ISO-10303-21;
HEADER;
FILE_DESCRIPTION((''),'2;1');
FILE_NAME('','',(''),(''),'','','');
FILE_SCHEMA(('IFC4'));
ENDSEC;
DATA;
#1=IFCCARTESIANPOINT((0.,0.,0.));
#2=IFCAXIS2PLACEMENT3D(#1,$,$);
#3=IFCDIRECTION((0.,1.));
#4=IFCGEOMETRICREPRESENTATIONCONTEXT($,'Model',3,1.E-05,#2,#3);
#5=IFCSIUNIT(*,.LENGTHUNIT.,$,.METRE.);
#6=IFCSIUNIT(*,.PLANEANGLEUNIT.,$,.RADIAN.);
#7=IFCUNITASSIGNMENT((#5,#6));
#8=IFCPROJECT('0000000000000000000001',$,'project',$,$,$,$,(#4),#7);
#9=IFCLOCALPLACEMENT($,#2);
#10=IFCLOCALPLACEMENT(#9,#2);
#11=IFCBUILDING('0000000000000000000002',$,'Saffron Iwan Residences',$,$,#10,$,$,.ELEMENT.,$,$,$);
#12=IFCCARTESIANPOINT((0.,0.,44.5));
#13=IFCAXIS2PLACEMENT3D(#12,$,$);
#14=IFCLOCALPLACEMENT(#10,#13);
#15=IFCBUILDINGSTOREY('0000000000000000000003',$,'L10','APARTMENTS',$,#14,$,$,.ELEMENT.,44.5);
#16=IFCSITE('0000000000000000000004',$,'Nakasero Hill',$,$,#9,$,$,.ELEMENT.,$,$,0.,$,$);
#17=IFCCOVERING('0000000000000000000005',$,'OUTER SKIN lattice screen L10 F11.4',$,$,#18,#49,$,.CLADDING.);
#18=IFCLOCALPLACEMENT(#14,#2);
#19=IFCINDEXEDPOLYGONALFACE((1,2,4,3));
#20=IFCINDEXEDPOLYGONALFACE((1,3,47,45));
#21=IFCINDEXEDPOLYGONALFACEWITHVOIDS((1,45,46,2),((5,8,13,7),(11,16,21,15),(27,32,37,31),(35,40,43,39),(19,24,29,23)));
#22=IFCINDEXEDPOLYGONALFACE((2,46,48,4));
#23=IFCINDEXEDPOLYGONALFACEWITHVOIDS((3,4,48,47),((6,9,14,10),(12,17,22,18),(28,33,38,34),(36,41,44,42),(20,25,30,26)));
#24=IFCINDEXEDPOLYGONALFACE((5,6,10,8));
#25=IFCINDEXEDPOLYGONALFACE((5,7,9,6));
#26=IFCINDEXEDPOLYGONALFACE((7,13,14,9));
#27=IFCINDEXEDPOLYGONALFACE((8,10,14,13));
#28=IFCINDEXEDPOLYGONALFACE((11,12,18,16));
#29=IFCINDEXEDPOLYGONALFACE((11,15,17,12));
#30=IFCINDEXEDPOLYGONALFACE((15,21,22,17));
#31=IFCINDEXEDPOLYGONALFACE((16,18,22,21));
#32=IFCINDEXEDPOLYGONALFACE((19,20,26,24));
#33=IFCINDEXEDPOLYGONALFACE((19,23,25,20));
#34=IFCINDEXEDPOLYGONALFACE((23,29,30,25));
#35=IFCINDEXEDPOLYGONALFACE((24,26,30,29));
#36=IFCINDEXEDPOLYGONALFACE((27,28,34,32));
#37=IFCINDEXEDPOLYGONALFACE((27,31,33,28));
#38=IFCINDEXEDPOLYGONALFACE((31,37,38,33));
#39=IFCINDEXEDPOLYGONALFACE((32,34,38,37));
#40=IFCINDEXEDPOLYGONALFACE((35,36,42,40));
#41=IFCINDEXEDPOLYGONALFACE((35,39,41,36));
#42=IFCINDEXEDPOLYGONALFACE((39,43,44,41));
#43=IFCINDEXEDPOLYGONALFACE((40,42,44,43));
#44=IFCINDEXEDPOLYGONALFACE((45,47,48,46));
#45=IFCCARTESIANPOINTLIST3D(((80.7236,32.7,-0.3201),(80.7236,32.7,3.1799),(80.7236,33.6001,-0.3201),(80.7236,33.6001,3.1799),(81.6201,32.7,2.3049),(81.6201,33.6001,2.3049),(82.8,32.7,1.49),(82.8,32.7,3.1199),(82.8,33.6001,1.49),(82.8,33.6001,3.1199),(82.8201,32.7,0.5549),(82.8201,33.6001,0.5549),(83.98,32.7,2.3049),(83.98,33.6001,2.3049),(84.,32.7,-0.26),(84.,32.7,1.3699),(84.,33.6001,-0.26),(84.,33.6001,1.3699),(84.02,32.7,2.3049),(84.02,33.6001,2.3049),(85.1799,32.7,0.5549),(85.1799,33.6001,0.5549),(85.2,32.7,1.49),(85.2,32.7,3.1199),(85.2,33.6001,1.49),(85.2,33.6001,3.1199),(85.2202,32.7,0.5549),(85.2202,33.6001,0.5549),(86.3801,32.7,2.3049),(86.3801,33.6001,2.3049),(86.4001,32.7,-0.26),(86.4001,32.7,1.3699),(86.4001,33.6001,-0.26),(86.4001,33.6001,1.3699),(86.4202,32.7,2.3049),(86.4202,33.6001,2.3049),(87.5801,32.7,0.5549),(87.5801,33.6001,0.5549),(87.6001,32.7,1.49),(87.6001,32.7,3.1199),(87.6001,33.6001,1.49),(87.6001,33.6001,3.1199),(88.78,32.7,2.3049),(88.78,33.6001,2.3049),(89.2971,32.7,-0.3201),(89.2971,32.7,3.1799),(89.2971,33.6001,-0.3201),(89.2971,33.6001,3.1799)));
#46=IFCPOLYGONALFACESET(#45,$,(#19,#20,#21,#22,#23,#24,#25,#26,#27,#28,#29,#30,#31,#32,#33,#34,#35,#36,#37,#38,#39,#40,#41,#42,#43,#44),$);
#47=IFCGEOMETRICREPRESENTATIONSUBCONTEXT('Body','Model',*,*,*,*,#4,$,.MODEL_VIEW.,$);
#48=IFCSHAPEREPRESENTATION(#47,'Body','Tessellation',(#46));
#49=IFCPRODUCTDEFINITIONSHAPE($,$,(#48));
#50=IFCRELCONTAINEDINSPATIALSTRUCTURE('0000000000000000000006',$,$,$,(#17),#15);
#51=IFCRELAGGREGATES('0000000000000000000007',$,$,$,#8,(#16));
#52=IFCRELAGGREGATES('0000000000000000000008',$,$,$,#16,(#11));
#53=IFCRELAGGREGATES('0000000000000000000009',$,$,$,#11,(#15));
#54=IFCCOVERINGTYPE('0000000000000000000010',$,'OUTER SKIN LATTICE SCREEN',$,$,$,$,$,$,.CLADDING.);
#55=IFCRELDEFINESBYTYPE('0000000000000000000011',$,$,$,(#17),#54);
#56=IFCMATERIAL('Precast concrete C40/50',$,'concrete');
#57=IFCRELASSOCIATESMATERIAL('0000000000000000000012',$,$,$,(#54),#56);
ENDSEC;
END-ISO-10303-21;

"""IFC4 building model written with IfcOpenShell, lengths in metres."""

from ifc_helpers import new_model, si_unit, direction, frame, origin, place, context, subcontext, project, spatial, polyline, outline, extrude, material, type_object, element, save


model = new_model("IFC4")

# Units and contexts
model_context = context("Model", 3, precision=1e-05, world=origin(), true_north=direction((0.0, 1.0)))
body_context = subcontext(model_context, "Body", "Model", "MODEL_VIEW")
ifc_project = project(units=[si_unit("LENGTHUNIT", "METRE"), si_unit("PLANEANGLEUNIT", "RADIAN")], contexts=[model_context])

# Site, building, storey
site_placement = place(None, origin())
site = spatial("IfcSite", under=ifc_project, at=site_placement, Name="Nakasero Hill", CompositionType="ELEMENT", RefElevation=0.0)
building_placement = place(site_placement, origin())
building = spatial("IfcBuilding", under=site, at=building_placement, Name="Saffron Iwan Residences", CompositionType="ELEMENT")
storey_placement = place(building_placement, frame((0.0, 0.0, 44.5)))
storey = spatial("IfcBuildingStorey", under=building, at=storey_placement, Name="L10", Description="APARTMENTS", CompositionType="ELEMENT", Elevation=44.5)

# Covering
ifc_material_1 = material(Name="Precast concrete C40/50", Category="concrete")
covering_type = type_object("IfcCoveringType", Name="OUTER SKIN LATTICE SCREEN", PredefinedType="CLADDING", material=ifc_material_1)
covering_1_placement = place(storey_placement, frame((80.7236, 33.6001, -0.3201), z_axis=(0.0, -1.0, 0.0), x_axis=(1.0, 0.0, 0.0)))
element("IfcCovering", 1, at=covering_1_placement, inside=storey, type_object=covering_type, Name="OUTER SKIN lattice screen L10 F11.4", PredefinedType="CLADDING", context=body_context, shape_type="SweptSolid", body=[
    extrude(outline(polyline([(0.0, 0.0), (8.5735, 0.0), (8.5735, 3.5), (0.0, 3.5), (0.0, 0.0)]), holes=[polyline([(2.0964, 0.875), (3.2764, 0.0601), (4.4563, 0.875), (3.2764, 1.6899), (2.0964, 0.875)]), polyline([(4.4966, 0.875), (5.6765, 0.0601), (6.8564, 0.875), (5.6765, 1.6899), (4.4966, 0.875)]), polyline([(0.8965, 2.625), (2.0764, 1.8101), (3.2563, 2.625), (2.0764, 3.4399), (0.8965, 2.625)]), polyline([(3.2964, 2.625), (4.4763, 1.8101), (5.6565, 2.625), (4.4763, 3.4399), (3.2964, 2.625)]), polyline([(5.6965, 2.625), (6.8765, 1.8101), (8.0564, 2.625), (6.8765, 3.4399), (5.6965, 2.625)])]), origin(), (0.0, 0.0, 1.0), 0.9001),
])

save(model, "model.ifc")
